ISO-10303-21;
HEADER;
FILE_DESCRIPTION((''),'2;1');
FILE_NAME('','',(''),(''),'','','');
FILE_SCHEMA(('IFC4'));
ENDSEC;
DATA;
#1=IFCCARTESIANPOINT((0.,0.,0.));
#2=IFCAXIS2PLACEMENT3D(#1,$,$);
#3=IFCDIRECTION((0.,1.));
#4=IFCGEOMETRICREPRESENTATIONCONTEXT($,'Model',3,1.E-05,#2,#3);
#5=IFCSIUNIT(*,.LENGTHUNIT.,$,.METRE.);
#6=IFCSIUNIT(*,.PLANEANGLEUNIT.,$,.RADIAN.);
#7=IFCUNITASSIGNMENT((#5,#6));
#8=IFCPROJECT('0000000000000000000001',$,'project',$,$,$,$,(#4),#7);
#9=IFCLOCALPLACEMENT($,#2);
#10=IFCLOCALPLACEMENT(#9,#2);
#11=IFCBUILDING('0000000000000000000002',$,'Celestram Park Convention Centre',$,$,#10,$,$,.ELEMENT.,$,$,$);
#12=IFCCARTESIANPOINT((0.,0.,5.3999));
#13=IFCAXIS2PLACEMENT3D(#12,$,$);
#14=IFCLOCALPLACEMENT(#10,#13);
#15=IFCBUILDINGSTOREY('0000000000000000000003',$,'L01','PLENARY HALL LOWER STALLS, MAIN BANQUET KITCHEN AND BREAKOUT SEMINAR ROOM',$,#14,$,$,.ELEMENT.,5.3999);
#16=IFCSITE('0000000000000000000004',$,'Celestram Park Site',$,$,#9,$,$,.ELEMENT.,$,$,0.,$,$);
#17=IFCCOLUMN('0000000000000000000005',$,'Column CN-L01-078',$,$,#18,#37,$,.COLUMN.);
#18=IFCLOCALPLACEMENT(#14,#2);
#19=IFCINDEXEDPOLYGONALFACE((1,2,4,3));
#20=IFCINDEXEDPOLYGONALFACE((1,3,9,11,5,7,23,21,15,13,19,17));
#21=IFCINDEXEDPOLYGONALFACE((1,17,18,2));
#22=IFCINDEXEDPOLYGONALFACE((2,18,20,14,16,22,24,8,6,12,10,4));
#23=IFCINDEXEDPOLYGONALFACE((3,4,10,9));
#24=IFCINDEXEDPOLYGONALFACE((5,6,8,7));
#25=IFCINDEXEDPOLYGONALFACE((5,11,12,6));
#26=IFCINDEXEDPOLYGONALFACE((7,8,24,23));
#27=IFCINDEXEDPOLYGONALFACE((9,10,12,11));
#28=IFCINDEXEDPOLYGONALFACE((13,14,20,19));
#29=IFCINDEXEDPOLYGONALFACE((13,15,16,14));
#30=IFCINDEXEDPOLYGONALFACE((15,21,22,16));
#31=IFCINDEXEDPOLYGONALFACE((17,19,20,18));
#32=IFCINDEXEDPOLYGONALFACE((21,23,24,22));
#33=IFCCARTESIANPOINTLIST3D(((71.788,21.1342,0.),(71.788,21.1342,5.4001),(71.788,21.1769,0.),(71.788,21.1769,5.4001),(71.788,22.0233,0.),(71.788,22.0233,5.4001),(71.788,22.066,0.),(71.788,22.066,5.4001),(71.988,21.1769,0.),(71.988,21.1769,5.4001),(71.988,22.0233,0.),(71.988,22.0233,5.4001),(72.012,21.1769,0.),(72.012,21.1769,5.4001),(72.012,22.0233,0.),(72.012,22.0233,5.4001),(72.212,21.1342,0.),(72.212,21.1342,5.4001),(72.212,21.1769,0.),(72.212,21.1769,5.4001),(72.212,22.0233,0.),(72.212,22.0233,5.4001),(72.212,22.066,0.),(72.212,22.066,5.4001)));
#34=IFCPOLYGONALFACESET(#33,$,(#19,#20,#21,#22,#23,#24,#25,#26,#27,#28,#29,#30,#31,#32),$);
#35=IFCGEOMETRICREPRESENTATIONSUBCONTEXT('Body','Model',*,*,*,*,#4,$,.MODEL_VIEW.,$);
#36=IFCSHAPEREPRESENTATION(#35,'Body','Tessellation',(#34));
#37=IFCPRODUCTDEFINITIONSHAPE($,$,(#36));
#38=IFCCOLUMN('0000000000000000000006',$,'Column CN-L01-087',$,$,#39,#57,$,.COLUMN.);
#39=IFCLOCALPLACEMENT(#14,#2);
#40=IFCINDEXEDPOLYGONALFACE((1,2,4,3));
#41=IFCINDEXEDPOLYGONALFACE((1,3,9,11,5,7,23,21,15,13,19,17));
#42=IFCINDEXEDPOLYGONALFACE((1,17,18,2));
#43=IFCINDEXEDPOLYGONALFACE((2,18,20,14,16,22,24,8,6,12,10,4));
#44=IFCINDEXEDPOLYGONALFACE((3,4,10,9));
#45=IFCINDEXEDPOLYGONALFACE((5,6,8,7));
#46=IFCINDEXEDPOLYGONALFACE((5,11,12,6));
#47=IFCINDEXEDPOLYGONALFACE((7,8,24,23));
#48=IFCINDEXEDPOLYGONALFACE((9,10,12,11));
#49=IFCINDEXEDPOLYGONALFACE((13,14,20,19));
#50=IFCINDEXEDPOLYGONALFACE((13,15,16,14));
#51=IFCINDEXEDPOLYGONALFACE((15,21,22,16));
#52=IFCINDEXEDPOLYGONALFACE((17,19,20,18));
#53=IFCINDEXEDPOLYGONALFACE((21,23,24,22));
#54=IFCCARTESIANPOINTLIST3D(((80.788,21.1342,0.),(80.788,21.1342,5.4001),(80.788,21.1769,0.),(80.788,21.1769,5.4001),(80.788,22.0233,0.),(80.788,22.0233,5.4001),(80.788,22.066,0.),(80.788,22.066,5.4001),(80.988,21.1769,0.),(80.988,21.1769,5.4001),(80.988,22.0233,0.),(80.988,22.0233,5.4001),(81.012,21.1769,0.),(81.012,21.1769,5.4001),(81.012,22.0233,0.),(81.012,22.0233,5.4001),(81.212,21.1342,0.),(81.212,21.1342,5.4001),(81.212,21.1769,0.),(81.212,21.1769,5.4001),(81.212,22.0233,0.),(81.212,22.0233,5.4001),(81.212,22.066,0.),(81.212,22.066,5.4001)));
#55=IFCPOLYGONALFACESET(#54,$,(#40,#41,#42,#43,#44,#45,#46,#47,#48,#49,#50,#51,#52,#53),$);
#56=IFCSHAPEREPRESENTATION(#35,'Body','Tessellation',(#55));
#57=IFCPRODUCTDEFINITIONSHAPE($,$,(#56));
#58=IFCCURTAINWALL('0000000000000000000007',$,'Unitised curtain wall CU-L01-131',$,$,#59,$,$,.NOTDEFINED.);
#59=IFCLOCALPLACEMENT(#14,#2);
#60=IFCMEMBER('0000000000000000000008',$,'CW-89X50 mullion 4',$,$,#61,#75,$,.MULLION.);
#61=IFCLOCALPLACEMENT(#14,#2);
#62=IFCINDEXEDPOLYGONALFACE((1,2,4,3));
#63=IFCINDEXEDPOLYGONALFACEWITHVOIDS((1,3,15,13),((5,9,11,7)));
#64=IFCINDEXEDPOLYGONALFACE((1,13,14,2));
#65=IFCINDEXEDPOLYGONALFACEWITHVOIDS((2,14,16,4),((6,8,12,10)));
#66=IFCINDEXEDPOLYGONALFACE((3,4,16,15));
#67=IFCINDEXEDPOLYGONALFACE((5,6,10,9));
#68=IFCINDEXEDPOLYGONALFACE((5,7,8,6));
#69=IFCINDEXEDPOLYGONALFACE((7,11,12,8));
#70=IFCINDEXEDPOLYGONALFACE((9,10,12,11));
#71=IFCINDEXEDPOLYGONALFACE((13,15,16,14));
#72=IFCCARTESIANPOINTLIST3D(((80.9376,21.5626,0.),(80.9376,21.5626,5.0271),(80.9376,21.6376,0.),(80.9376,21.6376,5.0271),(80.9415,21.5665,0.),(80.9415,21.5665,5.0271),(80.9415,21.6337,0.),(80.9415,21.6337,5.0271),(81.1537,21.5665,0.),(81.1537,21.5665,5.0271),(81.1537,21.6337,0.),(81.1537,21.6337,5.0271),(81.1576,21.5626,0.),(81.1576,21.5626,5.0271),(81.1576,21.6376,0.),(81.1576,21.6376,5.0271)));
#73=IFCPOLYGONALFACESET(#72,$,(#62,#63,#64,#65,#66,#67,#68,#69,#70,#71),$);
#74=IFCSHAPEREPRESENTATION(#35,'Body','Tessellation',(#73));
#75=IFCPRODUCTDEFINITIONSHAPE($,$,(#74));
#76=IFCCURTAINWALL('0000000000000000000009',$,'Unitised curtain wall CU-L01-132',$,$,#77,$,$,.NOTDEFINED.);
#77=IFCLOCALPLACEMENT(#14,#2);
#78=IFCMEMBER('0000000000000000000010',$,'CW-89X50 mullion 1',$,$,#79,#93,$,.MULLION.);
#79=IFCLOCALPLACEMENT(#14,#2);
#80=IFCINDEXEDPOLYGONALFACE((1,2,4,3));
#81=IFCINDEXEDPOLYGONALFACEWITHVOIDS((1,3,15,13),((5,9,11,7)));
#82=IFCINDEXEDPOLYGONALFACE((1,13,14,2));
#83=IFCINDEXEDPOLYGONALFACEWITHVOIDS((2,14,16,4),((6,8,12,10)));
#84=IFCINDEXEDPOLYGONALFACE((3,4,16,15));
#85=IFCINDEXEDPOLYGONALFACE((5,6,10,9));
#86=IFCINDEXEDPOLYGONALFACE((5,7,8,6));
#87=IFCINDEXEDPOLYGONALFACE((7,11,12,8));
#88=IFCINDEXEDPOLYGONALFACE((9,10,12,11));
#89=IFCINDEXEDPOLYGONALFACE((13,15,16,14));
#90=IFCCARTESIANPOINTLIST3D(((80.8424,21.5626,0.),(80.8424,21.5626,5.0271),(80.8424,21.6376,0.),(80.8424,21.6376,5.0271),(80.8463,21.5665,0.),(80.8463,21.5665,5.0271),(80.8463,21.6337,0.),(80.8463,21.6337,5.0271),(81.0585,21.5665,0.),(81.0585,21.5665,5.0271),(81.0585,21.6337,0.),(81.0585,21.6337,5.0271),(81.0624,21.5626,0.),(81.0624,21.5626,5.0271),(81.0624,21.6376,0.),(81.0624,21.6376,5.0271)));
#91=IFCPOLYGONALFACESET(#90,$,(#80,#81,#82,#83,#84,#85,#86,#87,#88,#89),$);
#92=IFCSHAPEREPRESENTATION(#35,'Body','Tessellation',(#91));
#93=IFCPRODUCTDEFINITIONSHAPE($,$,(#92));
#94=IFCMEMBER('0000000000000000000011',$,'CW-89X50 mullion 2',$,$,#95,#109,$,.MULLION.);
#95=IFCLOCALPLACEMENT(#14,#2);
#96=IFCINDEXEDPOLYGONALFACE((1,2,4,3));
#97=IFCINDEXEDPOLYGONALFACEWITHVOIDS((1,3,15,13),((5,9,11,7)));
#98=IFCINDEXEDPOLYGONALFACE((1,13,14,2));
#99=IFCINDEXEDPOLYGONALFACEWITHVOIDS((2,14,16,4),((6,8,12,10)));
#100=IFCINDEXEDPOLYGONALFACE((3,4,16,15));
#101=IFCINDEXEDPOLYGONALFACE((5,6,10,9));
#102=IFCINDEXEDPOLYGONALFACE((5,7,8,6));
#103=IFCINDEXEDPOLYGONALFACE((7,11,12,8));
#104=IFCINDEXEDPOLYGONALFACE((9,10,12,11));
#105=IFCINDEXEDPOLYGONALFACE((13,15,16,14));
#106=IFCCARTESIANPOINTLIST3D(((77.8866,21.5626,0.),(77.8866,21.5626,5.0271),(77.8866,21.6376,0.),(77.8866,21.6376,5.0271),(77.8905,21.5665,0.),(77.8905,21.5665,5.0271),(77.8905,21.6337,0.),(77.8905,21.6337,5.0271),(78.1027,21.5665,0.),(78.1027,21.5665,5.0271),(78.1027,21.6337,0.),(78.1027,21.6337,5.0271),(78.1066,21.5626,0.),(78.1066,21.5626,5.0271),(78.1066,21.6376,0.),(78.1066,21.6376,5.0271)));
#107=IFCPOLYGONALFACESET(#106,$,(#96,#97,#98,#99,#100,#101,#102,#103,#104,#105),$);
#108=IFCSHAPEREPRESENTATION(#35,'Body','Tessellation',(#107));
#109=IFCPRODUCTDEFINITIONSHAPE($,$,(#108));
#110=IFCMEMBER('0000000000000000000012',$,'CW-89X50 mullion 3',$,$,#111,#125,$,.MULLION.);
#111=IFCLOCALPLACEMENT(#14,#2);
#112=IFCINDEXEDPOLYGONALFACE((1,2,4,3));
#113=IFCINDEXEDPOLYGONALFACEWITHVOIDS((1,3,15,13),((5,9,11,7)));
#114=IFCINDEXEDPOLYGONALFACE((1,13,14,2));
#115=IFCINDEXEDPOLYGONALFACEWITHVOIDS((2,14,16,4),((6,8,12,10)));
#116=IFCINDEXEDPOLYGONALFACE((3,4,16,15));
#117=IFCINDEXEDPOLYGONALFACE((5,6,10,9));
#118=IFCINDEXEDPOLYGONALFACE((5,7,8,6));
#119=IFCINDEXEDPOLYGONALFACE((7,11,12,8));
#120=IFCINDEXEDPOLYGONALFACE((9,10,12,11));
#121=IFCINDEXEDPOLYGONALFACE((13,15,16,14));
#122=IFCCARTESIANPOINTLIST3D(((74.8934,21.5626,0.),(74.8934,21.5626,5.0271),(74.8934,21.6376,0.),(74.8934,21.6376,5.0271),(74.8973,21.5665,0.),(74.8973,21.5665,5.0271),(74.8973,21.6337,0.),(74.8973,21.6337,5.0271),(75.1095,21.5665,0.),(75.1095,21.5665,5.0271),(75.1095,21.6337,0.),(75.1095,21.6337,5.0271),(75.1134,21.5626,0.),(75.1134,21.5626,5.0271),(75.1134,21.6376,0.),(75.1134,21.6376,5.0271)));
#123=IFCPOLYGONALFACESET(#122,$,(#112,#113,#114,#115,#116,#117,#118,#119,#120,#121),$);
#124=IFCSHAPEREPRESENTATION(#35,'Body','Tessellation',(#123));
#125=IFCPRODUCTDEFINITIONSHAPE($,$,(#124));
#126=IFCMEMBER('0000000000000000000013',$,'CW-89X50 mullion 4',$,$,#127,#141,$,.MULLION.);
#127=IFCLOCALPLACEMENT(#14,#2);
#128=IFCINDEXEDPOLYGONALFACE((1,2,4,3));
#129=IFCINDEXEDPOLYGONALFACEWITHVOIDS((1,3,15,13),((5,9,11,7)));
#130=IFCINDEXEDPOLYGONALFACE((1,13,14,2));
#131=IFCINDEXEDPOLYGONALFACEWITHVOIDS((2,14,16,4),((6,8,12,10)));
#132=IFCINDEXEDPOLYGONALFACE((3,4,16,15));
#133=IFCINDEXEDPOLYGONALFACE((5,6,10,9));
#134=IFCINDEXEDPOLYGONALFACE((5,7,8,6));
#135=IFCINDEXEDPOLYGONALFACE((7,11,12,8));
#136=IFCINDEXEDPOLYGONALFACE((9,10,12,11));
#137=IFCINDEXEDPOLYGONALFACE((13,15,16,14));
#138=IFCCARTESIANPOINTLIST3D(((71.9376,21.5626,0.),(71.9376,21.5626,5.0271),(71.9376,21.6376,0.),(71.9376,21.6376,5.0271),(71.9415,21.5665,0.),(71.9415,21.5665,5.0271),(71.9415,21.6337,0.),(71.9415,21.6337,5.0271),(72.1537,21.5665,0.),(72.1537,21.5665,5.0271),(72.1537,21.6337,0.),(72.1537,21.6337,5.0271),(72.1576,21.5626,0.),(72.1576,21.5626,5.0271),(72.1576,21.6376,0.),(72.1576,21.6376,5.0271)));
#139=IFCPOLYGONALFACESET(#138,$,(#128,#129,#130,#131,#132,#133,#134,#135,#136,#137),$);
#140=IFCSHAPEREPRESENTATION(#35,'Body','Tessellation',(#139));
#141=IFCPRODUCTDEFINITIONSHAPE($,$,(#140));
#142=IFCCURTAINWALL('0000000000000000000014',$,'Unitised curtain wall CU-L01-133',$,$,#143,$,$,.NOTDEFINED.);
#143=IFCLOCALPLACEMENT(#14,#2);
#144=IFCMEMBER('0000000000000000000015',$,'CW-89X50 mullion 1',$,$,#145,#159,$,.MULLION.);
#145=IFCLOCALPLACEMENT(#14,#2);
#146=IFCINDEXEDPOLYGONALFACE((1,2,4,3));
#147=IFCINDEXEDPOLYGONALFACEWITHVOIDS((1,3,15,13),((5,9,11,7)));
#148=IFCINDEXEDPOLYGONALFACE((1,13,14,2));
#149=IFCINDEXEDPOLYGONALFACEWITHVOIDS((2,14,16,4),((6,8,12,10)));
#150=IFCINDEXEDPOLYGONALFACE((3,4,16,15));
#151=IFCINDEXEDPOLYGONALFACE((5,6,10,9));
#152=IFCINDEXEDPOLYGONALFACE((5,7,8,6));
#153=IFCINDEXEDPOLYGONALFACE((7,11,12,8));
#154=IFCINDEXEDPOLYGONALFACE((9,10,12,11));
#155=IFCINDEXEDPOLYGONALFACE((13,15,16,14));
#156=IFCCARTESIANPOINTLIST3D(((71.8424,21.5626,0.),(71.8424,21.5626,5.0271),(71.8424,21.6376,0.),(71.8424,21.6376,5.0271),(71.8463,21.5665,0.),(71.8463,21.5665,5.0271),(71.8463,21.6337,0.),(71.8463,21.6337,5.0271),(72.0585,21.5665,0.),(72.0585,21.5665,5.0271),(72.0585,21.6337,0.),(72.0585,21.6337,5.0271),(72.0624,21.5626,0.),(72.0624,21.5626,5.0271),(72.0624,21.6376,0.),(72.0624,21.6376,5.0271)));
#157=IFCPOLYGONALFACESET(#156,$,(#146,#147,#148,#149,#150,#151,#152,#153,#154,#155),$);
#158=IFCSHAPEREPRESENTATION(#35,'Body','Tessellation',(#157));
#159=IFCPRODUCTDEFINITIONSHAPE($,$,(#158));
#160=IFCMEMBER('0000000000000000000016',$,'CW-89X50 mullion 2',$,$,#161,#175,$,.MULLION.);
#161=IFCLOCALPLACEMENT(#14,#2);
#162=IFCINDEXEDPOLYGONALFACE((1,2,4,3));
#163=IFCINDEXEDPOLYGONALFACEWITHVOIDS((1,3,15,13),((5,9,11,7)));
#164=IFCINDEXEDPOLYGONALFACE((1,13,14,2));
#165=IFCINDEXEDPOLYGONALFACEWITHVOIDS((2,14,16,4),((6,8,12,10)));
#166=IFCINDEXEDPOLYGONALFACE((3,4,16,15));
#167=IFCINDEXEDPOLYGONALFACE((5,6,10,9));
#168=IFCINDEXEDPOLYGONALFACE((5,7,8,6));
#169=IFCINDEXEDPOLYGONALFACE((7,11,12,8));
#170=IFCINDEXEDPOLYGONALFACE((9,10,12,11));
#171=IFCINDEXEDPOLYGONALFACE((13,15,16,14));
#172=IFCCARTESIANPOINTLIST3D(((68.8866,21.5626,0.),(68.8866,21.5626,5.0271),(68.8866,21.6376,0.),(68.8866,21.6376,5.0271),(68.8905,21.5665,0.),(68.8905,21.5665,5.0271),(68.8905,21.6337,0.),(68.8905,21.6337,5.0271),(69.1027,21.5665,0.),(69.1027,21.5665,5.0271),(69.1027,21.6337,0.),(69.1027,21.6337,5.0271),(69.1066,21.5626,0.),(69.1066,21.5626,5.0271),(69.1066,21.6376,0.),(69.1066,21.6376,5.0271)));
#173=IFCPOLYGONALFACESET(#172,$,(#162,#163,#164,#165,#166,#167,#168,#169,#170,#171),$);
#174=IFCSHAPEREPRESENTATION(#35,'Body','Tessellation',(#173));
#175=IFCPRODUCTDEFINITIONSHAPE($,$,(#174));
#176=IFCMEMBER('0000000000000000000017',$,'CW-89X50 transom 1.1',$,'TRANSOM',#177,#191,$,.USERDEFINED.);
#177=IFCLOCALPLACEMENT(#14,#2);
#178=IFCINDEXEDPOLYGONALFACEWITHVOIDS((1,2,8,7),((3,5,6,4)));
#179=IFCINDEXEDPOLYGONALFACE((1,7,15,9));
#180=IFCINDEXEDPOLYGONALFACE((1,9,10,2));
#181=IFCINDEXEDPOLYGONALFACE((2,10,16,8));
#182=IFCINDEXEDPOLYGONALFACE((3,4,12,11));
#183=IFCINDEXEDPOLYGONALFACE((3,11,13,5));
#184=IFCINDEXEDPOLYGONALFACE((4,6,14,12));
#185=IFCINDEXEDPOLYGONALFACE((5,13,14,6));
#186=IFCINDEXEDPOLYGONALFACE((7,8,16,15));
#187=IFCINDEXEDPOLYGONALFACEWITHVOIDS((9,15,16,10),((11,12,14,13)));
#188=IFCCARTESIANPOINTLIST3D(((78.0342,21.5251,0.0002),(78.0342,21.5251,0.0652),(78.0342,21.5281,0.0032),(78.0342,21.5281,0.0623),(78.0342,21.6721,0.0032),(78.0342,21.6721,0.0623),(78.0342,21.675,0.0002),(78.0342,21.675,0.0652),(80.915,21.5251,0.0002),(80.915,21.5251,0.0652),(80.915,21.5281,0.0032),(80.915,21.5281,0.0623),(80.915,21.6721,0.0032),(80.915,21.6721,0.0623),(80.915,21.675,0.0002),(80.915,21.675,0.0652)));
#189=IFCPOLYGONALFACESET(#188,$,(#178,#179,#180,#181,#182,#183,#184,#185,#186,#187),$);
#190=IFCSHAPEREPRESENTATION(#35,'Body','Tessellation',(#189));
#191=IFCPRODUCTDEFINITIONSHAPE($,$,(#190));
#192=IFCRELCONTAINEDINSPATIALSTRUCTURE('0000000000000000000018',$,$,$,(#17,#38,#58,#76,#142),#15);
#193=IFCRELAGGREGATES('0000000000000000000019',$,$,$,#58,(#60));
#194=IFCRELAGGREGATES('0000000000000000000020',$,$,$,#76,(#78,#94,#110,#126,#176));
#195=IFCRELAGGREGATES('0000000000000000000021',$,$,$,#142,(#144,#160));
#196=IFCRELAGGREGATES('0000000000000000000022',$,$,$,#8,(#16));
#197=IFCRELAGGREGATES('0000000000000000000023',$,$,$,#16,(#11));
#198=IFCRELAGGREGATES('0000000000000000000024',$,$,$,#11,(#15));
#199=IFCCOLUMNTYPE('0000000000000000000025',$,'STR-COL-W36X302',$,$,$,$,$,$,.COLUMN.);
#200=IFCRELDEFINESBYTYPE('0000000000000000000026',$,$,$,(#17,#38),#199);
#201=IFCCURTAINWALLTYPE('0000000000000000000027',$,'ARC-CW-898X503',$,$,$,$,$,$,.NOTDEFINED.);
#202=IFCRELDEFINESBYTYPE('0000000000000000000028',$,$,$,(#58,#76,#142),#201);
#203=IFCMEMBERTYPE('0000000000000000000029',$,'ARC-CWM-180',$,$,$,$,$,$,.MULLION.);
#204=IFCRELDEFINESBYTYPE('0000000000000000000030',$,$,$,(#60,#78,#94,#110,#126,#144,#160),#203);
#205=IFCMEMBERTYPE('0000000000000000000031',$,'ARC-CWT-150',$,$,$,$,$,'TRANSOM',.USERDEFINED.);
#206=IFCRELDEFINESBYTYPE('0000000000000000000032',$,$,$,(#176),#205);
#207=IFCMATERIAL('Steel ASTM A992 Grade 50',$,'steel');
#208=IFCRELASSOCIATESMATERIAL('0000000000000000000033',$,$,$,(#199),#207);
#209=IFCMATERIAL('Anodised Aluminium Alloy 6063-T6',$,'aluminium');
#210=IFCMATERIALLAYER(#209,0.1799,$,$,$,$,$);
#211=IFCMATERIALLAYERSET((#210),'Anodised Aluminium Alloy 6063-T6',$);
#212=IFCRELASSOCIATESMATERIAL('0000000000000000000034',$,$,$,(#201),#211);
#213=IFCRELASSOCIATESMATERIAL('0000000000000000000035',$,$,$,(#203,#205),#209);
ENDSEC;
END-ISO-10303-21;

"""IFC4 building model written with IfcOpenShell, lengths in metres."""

from ifc_helpers import new_model, si_unit, direction, frame, origin, origin_2d, place, context, subcontext, project, spatial, hollow_rectangle, i_section, extrude, material, layer, layer_set, material_profile, profile_set, type_object, element, aggregate, save


model = new_model("IFC4")

# Units and contexts
model_context = context("Model", 3, precision=1e-05, world=origin(), true_north=direction((0.0, 1.0)))
body_context = subcontext(model_context, "Body", "Model", "MODEL_VIEW")
ifc_project = project(units=[si_unit("LENGTHUNIT", "METRE"), si_unit("PLANEANGLEUNIT", "RADIAN")], contexts=[model_context])

# Site, building, storey
site_placement = place(None, origin())
site = spatial("IfcSite", under=ifc_project, at=site_placement, Name="Celestram Park Site", CompositionType="ELEMENT", RefElevation=0.0)
building_placement = place(site_placement, origin())
building = spatial("IfcBuilding", under=site, at=building_placement, Name="Celestram Park Convention Centre", CompositionType="ELEMENT")
storey_placement = place(building_placement, frame((0.0, 0.0, 5.3999)))
storey = spatial("IfcBuildingStorey", under=building, at=storey_placement, Name="L01", Description="PLENARY HALL LOWER STALLS, MAIN BANQUET KITCHEN AND BREAKOUT SEMINAR ROOM", CompositionType="ELEMENT", Elevation=5.3999)

# Columns
ifc_material_1 = material(Name="Steel ASTM A992 Grade 50", Category="steel")
ifc_material_profile_1 = material_profile(ifc_material_1, i_section(OverallWidth=0.4241, OverallDepth=0.9319, WebThickness=0.0239, FlangeThickness=0.0427, at=origin_2d()), Name="W36X302")
ifc_profile_set_1 = profile_set([ifc_material_profile_1], Name="Steel ASTM A992 Grade 50")
column_type = type_object("IfcColumnType", Name="STR-COL-W36X302", PredefinedType="COLUMN", material=ifc_profile_set_1)
for number, where, z_axis, x_axis, name in (
    (1, (72.0, 21.6001, 0.0), (0.0, 0.0, 1.0), (1.0, 0.0, 0.0), "Column CN-L01-078"),
    (2, (81.0, 21.6001, 0.0), (0.0, 0.0, 1.0), (1.0, 0.0, 0.0), "Column CN-L01-087"),
):
    element("IfcColumn", number, at=place(storey_placement, frame(where, z_axis=z_axis, x_axis=x_axis)), inside=storey, type_object=column_type, Name=name, PredefinedType="COLUMN", context=body_context, shape_type="SweptSolid", body=[
        extrude(i_section(OverallWidth=0.4241, OverallDepth=0.9319, WebThickness=0.0239, FlangeThickness=0.0427, at=origin_2d()), origin(), (0.0, 0.0, 1.0), 5.4001),
    ])

# Curtain wall, member
ifc_material_2 = material(Name="Anodised Aluminium Alloy 6063-T6", Category="aluminium")
ifc_layer_1 = layer(ifc_material_2, 0.1799)
ifc_layer_set_1 = layer_set([ifc_layer_1], Name="Anodised Aluminium Alloy 6063-T6")
curtain_wall_type = type_object("IfcCurtainWallType", Name="ARC-CW-898X503", PredefinedType="NOTDEFINED", material=ifc_layer_set_1)
curtain_wall_1_placement = place(storey_placement, origin())
curtain_wall_1 = element("IfcCurtainWall", 3, at=curtain_wall_1_placement, inside=storey, type_object=curtain_wall_type, Name="Unitised curtain wall CU-L01-131", PredefinedType="NOTDEFINED")
ifc_material_profile_2 = material_profile(ifc_material_2, hollow_rectangle(XDim=0.075, YDim=0.22, WallThickness=0.0039, at=origin_2d()), Name="ALU75X220X4")
ifc_profile_set_2 = profile_set([ifc_material_profile_2], Name="Anodised Aluminium Alloy 6063-T6")
member_type_1 = type_object("IfcMemberType", Name="ARC-CWM-180", PredefinedType="MULLION", material=ifc_profile_set_2)
member_1_placement = place(storey_placement, frame((81.0476, 21.6001, 0.0), z_axis=(0.0, 0.0, 1.0), x_axis=(0.0, -1.0, 0.0)))
member_1 = element("IfcMember", 4, at=member_1_placement, type_object=member_type_1, Name="CW-89X50 mullion 4", PredefinedType="MULLION", context=body_context, shape_type="SweptSolid", body=[
    extrude(hollow_rectangle(XDim=0.075, YDim=0.22, WallThickness=0.0039, at=origin_2d()), origin(), (0.0, 0.0, 1.0), 5.0271),
])

# Curtain walls, members
curtain_wall_2_placement = place(storey_placement, origin())
curtain_wall_2 = element("IfcCurtainWall", 5, at=curtain_wall_2_placement, inside=storey, type_object=curtain_wall_type, Name="Unitised curtain wall CU-L01-132", PredefinedType="NOTDEFINED")
member_2_placement = place(storey_placement, frame((80.9524, 21.6001, 0.0), z_axis=(0.0, 0.0, 1.0), x_axis=(0.0, -1.0, 0.0)))
member_2 = element("IfcMember", 6, at=member_2_placement, type_object=member_type_1, Name="CW-89X50 mullion 1", PredefinedType="MULLION", context=body_context, shape_type="SweptSolid", body=[
    extrude(hollow_rectangle(XDim=0.075, YDim=0.22, WallThickness=0.0039, at=origin_2d()), origin(), (0.0, 0.0, 1.0), 5.0271),
])
member_3_placement = place(storey_placement, frame((77.9966, 21.6001, 0.0), z_axis=(0.0, 0.0, 1.0), x_axis=(0.0, -1.0, 0.0)))
member_3 = element("IfcMember", 7, at=member_3_placement, type_object=member_type_1, Name="CW-89X50 mullion 2", PredefinedType="MULLION", context=body_context, shape_type="SweptSolid", body=[
    extrude(hollow_rectangle(XDim=0.075, YDim=0.22, WallThickness=0.0039, at=origin_2d()), origin(), (0.0, 0.0, 1.0), 5.0271),
])
member_4_placement = place(storey_placement, frame((75.0034, 21.6001, 0.0), z_axis=(0.0, 0.0, 1.0), x_axis=(0.0, -1.0, 0.0)))
member_4 = element("IfcMember", 8, at=member_4_placement, type_object=member_type_1, Name="CW-89X50 mullion 3", PredefinedType="MULLION", context=body_context, shape_type="SweptSolid", body=[
    extrude(hollow_rectangle(XDim=0.075, YDim=0.22, WallThickness=0.0039, at=origin_2d()), origin(), (0.0, 0.0, 1.0), 5.0271),
])
member_5_placement = place(storey_placement, frame((72.0476, 21.6001, 0.0), z_axis=(0.0, 0.0, 1.0), x_axis=(0.0, -1.0, 0.0)))
member_5 = element("IfcMember", 9, at=member_5_placement, type_object=member_type_1, Name="CW-89X50 mullion 4", PredefinedType="MULLION", context=body_context, shape_type="SweptSolid", body=[
    extrude(hollow_rectangle(XDim=0.075, YDim=0.22, WallThickness=0.0039, at=origin_2d()), origin(), (0.0, 0.0, 1.0), 5.0271),
])
curtain_wall_3_placement = place(storey_placement, origin())
curtain_wall_3 = element("IfcCurtainWall", 10, at=curtain_wall_3_placement, inside=storey, type_object=curtain_wall_type, Name="Unitised curtain wall CU-L01-133", PredefinedType="NOTDEFINED")
member_6_placement = place(storey_placement, frame((71.9524, 21.6001, 0.0), z_axis=(0.0, 0.0, 1.0), x_axis=(0.0, -1.0, 0.0)))
member_6 = element("IfcMember", 11, at=member_6_placement, type_object=member_type_1, Name="CW-89X50 mullion 1", PredefinedType="MULLION", context=body_context, shape_type="SweptSolid", body=[
    extrude(hollow_rectangle(XDim=0.075, YDim=0.22, WallThickness=0.0039, at=origin_2d()), origin(), (0.0, 0.0, 1.0), 5.0271),
])
member_7_placement = place(storey_placement, frame((68.9966, 21.6001, 0.0), z_axis=(0.0, 0.0, 1.0), x_axis=(0.0, -1.0, 0.0)))
member_7 = element("IfcMember", 12, at=member_7_placement, type_object=member_type_1, Name="CW-89X50 mullion 2", PredefinedType="MULLION", context=body_context, shape_type="SweptSolid", body=[
    extrude(hollow_rectangle(XDim=0.075, YDim=0.22, WallThickness=0.0039, at=origin_2d()), origin(), (0.0, 0.0, 1.0), 5.0271),
])

# Member
ifc_material_profile_3 = material_profile(ifc_material_2, hollow_rectangle(XDim=0.1499, YDim=0.0649, WallThickness=0.0029, at=origin_2d()), Name="ALU150X65X3")
ifc_profile_set_3 = profile_set([ifc_material_profile_3], Name="Anodised Aluminium Alloy 6063-T6")
member_type_2 = type_object("IfcMemberType", Name="ARC-CWT-150", ElementType="TRANSOM", PredefinedType="USERDEFINED", material=ifc_profile_set_3)
member_8_placement = place(storey_placement, frame((80.915, 21.6001, 0.0327), z_axis=(-1.0, 0.0, 0.0), x_axis=(0.0, -1.0, 0.0)))
member_8 = element("IfcMember", 13, at=member_8_placement, type_object=member_type_2, Name="CW-89X50 transom 1.1", ObjectType="TRANSOM", PredefinedType="USERDEFINED", context=body_context, shape_type="SweptSolid", body=[
    extrude(hollow_rectangle(XDim=0.1499, YDim=0.0649, WallThickness=0.0029, at=origin_2d()), origin(), (0.0, 0.0, 1.0), 2.8809),
])

aggregate(curtain_wall_1, [member_1])
aggregate(curtain_wall_2, [member_2, member_3, member_4, member_5, member_8])
aggregate(curtain_wall_3, [member_6, member_7])

save(model, "model.ifc")
